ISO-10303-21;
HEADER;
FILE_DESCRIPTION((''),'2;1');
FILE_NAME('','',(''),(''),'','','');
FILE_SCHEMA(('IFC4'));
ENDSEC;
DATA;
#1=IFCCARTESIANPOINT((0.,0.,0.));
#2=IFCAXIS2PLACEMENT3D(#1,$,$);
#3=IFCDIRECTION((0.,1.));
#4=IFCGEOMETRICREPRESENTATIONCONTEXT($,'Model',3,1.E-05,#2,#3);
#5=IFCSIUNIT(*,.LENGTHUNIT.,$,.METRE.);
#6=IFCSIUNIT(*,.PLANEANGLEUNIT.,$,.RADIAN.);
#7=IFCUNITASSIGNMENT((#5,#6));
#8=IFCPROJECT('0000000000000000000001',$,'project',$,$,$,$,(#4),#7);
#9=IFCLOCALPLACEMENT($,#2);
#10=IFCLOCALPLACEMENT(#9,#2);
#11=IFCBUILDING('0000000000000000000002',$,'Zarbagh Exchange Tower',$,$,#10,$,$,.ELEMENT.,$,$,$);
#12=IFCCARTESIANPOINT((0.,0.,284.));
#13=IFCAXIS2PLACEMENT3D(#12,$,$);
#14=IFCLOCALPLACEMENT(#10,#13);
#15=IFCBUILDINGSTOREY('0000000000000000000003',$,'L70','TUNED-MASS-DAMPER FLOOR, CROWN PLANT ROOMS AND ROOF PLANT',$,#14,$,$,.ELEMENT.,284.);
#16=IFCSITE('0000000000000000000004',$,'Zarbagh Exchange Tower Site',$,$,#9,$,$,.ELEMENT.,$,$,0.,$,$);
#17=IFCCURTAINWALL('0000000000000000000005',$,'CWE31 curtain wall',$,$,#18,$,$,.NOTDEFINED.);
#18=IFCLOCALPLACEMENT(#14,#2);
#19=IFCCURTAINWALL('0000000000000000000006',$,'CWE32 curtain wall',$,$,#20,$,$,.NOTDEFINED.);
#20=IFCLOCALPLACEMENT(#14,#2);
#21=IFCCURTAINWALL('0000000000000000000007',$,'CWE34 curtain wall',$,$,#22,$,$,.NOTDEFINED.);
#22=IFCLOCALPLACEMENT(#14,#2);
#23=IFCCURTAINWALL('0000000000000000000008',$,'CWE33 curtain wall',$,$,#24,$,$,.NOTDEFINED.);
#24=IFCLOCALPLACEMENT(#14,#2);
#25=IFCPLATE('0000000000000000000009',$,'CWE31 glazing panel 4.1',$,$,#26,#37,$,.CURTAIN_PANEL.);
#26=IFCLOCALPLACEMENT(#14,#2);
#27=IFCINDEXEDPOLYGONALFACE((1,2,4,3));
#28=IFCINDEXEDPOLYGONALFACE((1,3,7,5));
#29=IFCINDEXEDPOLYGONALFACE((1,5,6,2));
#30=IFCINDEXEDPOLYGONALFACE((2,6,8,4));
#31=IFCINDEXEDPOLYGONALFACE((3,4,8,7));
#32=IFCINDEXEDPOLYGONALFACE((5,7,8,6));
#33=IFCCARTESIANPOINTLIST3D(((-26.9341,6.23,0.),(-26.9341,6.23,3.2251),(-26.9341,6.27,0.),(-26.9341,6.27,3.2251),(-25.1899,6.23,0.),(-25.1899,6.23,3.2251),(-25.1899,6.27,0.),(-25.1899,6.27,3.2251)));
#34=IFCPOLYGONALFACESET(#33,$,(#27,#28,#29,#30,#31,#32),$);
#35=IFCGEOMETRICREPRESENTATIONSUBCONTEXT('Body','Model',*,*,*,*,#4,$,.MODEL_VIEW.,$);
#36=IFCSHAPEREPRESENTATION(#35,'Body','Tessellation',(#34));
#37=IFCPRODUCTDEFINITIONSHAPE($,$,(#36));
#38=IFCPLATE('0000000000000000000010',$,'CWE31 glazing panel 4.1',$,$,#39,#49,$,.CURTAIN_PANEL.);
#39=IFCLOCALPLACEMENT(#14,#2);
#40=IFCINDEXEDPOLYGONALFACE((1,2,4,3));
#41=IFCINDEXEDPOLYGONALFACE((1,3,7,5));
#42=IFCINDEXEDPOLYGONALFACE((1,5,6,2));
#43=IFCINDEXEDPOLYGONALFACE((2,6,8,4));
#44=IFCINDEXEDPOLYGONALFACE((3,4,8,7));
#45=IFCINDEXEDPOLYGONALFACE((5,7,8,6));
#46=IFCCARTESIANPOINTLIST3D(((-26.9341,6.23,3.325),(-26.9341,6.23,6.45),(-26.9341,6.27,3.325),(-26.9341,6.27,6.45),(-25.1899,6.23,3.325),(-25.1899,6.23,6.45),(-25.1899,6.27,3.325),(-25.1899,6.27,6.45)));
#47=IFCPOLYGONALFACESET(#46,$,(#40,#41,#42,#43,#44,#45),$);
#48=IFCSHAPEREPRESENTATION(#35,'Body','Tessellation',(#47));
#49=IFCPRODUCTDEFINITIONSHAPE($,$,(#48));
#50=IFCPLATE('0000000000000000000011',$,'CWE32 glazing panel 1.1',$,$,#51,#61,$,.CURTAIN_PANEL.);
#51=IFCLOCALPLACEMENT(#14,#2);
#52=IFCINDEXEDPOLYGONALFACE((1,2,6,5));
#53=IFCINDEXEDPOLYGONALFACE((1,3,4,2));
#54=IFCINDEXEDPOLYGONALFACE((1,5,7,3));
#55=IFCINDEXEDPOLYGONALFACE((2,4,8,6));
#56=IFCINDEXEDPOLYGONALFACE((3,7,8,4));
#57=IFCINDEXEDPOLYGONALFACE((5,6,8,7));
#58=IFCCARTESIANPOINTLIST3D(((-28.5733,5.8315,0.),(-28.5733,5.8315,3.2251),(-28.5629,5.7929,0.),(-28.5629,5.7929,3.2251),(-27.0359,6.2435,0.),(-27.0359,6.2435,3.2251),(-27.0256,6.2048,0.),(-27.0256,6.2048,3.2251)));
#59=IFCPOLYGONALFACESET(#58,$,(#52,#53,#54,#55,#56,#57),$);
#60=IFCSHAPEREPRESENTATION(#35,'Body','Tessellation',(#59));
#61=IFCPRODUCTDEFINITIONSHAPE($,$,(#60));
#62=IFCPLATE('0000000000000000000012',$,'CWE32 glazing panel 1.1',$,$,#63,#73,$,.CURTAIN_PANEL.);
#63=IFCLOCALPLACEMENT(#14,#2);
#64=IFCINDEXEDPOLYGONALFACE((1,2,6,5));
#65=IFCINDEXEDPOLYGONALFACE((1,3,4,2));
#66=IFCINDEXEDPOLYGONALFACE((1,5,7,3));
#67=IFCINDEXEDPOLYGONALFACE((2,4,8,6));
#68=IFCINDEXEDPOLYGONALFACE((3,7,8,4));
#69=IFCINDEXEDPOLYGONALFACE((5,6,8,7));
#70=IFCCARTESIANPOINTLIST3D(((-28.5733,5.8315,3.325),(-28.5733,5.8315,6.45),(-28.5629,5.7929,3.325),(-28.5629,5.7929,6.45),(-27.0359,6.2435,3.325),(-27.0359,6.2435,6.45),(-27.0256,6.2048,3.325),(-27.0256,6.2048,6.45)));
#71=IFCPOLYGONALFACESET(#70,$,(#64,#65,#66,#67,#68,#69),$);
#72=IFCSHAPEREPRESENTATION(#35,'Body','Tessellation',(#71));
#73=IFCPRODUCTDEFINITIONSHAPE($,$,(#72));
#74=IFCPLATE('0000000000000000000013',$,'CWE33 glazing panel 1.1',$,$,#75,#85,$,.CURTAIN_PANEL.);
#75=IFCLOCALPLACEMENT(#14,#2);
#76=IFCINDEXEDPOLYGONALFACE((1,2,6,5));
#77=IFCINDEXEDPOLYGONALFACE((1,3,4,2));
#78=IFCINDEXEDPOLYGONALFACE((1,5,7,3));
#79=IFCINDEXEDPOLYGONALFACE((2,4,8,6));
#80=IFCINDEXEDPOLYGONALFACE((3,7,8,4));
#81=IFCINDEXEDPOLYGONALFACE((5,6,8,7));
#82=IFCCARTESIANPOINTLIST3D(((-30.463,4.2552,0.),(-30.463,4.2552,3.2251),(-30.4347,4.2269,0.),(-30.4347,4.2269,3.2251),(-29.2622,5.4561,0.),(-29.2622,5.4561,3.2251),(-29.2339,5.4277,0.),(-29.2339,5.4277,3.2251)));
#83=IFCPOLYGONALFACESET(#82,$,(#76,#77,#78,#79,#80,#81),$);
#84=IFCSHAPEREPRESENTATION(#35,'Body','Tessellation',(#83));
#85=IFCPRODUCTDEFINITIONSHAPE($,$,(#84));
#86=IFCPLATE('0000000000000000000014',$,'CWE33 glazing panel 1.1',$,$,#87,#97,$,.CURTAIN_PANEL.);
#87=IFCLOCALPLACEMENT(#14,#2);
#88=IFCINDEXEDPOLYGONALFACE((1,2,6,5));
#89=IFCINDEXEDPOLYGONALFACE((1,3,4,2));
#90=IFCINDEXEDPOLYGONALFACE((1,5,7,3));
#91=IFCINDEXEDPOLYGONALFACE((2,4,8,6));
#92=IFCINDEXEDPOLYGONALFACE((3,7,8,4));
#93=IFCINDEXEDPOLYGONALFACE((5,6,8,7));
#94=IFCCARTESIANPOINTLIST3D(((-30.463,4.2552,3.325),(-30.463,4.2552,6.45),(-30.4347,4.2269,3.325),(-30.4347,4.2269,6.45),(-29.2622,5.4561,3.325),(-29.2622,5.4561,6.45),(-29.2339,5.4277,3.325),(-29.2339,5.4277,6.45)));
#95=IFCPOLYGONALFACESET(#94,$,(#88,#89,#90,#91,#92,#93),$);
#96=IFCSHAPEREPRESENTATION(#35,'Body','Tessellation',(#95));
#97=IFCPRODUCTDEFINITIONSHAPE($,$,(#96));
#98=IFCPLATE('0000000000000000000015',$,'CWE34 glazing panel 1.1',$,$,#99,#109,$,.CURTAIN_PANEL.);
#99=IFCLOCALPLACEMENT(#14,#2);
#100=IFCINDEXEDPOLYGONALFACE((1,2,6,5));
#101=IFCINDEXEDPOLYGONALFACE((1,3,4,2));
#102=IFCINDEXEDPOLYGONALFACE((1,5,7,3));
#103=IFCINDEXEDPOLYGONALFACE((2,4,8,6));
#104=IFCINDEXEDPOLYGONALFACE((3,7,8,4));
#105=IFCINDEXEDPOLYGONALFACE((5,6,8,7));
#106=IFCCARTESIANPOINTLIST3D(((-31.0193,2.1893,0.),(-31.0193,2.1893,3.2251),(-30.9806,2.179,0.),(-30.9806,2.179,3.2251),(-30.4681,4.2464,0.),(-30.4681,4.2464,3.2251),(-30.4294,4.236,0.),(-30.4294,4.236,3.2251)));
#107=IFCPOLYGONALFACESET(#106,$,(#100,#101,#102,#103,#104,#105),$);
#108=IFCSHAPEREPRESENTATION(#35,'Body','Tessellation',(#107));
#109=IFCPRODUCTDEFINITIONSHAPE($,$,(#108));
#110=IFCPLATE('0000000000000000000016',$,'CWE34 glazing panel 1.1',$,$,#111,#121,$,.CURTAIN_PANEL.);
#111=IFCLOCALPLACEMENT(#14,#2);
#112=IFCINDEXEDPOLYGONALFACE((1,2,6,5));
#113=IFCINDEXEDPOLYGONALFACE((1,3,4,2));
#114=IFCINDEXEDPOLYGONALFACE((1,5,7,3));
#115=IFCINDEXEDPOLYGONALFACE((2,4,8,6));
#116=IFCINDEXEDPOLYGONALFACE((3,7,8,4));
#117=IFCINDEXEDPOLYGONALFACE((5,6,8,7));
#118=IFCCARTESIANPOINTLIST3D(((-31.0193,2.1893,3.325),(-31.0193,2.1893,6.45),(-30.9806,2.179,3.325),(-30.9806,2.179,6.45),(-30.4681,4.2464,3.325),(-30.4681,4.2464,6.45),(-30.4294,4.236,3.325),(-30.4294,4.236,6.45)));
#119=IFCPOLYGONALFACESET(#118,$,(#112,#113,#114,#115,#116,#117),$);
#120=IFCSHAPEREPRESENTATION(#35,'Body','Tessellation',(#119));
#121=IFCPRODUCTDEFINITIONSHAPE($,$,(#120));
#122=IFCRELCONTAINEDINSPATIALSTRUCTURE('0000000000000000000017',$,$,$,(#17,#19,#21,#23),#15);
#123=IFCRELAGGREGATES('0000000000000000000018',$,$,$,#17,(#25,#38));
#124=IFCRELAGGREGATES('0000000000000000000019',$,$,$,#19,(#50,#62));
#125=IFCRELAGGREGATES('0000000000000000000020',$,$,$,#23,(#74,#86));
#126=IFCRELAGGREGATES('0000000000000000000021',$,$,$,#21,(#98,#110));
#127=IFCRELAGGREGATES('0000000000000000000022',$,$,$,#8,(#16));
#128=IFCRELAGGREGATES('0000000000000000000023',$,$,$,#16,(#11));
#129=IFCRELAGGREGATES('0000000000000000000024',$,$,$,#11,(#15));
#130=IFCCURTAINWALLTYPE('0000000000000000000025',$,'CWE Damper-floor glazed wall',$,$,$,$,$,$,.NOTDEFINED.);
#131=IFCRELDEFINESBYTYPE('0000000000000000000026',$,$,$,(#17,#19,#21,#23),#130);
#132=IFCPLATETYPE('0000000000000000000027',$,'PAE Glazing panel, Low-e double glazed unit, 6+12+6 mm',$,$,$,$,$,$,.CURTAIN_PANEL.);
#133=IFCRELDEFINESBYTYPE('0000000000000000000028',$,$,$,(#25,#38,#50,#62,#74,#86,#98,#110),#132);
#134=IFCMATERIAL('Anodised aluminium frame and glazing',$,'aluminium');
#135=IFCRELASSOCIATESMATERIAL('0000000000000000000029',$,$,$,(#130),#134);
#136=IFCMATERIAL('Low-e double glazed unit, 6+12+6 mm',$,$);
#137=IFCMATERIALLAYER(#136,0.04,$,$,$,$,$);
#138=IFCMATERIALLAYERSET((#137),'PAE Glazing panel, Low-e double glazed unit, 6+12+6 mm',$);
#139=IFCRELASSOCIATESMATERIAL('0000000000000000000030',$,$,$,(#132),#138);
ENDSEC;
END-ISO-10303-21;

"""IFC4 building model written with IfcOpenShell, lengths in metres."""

from ifc_helpers import new_model, si_unit, direction, frame, origin, place, context, subcontext, project, spatial, polyline, outline, extrude, source, transform, mapped, material, layer, layer_set, type_object, element, aggregate, save


model = new_model("IFC4")

# Units and contexts
model_context = context("Model", 3, precision=1e-05, world=origin(), true_north=direction((0.0, 1.0)))
body_context = subcontext(model_context, "Body", "Model", "MODEL_VIEW")
ifc_project = project(units=[si_unit("LENGTHUNIT", "METRE"), si_unit("PLANEANGLEUNIT", "RADIAN")], contexts=[model_context])

# Site, building, storey
site_placement = place(None, origin())
site = spatial("IfcSite", under=ifc_project, at=site_placement, Name="Zarbagh Exchange Tower Site", CompositionType="ELEMENT", RefElevation=0.0)
building_placement = place(site_placement, origin())
building = spatial("IfcBuilding", under=site, at=building_placement, Name="Zarbagh Exchange Tower", CompositionType="ELEMENT")
storey_placement = place(building_placement, frame((0.0, 0.0, 284.0)))
storey = spatial("IfcBuildingStorey", under=building, at=storey_placement, Name="L70", Description="TUNED-MASS-DAMPER FLOOR, CROWN PLANT ROOMS AND ROOF PLANT", CompositionType="ELEMENT", Elevation=284.0)

# Curtain wall
ifc_material_1 = material(Name="Anodised aluminium frame and glazing", Category="aluminium")
curtain_wall_type = type_object("IfcCurtainWallType", Name="CWE Damper-floor glazed wall", PredefinedType="NOTDEFINED", material=ifc_material_1)
curtain_wall_1_placement = place(storey_placement, origin())
curtain_wall_1 = element("IfcCurtainWall", 1, at=curtain_wall_1_placement, inside=storey, type_object=curtain_wall_type, Name="CWE31 curtain wall", PredefinedType="NOTDEFINED")
placement = place(storey_placement, origin())

# Curtain wall
curtain_wall_2_placement = place(storey_placement, origin())
curtain_wall_2 = element("IfcCurtainWall", 2, at=curtain_wall_2_placement, inside=storey, type_object=curtain_wall_type, Name="CWE32 curtain wall", PredefinedType="NOTDEFINED")

# Curtain wall
curtain_wall_3_placement = place(storey_placement, origin())
curtain_wall_3 = element("IfcCurtainWall", 3, at=curtain_wall_3_placement, inside=storey, type_object=curtain_wall_type, Name="CWE34 curtain wall", PredefinedType="NOTDEFINED")

# Curtain wall
curtain_wall_4_placement = place(storey_placement, origin())
curtain_wall_4 = element("IfcCurtainWall", 4, at=curtain_wall_4_placement, inside=storey, type_object=curtain_wall_type, Name="CWE33 curtain wall", PredefinedType="NOTDEFINED")

# Shared definitions
ifc_material_2 = material(Name="Low-e double glazed unit, 6+12+6 mm")
ifc_layer = layer(ifc_material_2, 0.04)
ifc_layer_set = layer_set([ifc_layer], Name="PAE Glazing panel, Low-e double glazed unit, 6+12+6 mm")
plate_type = type_object("IfcPlateType", Name="PAE Glazing panel, Low-e double glazed unit, 6+12+6 mm", PredefinedType="CURTAIN_PANEL", material=ifc_layer_set)

# Plates
shared_shape_1 = source(origin(), body_context, "Body", "SweptSolid", [
    extrude(outline(polyline([(0.0, -0.02), (1.7441, -0.02), (1.7441, 0.02), (0.0, 0.02), (0.0, -0.02)])), origin(), (0.0, 0.0, 1.0), 3.2251),
])
plate_1 = element("IfcPlate", 5, at=placement, type_object=plate_type, Name="CWE31 glazing panel 4.1", PredefinedType="CURTAIN_PANEL", context=body_context, shape_type="MappedRepresentation", body=[
    mapped(shared_shape_1, transform((-25.1899, 6.25, 0.0), x_axis=(-1.0, 0.0, 0.0), y_axis=(0.0, -1.0, 0.0), z_axis=(0.0, 0.0, 1.0))),
])
shared_shape_2 = source(origin(), body_context, "Body", "SweptSolid", [
    extrude(outline(polyline([(0.0, -0.02), (1.7441, -0.02), (1.7441, 0.02), (0.0, 0.02), (0.0, -0.02)])), origin(), (0.0, 0.0, 1.0), 3.125),
])
plate_2 = element("IfcPlate", 6, at=placement, type_object=plate_type, Name="CWE31 glazing panel 4.1", PredefinedType="CURTAIN_PANEL", context=body_context, shape_type="MappedRepresentation", body=[
    mapped(shared_shape_2, transform((-25.1899, 6.25, 3.325), x_axis=(-1.0, 0.0, 0.0), y_axis=(0.0, -1.0, 0.0), z_axis=(0.0, 0.0, 1.0))),
])
aggregate(curtain_wall_1, [plate_1, plate_2])
shared_shape_3 = source(origin(), body_context, "Body", "SweptSolid", [
    extrude(outline(polyline([(0.0, -0.02), (1.5916, -0.02), (1.5916, 0.02), (0.0, 0.02), (0.0, -0.02)])), origin(), (0.0, 0.0, 1.0), 3.2251),
])
plate_3 = element("IfcPlate", 7, at=placement, type_object=plate_type, Name="CWE32 glazing panel 1.1", PredefinedType="CURTAIN_PANEL", context=body_context, shape_type="MappedRepresentation", body=[
    mapped(shared_shape_3, transform((-27.0308, 6.2241, 0.0), x_axis=(-0.965924, -0.258825, 0.0), y_axis=(0.258825, -0.965924, 0.0), z_axis=(0.0, 0.0, 1.0))),
])
shared_shape_4 = source(origin(), body_context, "Body", "SweptSolid", [
    extrude(outline(polyline([(0.0, -0.02), (1.5916, -0.02), (1.5916, 0.02), (0.0, 0.02), (0.0, -0.02)])), origin(), (0.0, 0.0, 1.0), 3.125),
])
plate_4 = element("IfcPlate", 8, at=placement, type_object=plate_type, Name="CWE32 glazing panel 1.1", PredefinedType="CURTAIN_PANEL", context=body_context, shape_type="MappedRepresentation", body=[
    mapped(shared_shape_4, transform((-27.0308, 6.2241, 3.325), x_axis=(-0.965924, -0.258825, 0.0), y_axis=(0.258825, -0.965924, 0.0), z_axis=(0.0, 0.0, 1.0))),
])
aggregate(curtain_wall_2, [plate_3, plate_4])
shared_shape_5 = source(origin(), body_context, "Body", "SweptSolid", [
    extrude(outline(polyline([(0.0, -0.02), (1.6982, -0.02), (1.6982, 0.02), (0.0, 0.02), (0.0, -0.02)])), origin(), (0.0, 0.0, 1.0), 3.2251),
])
plate_5 = element("IfcPlate", 9, at=placement, type_object=plate_type, Name="CWE33 glazing panel 1.1", PredefinedType="CURTAIN_PANEL", context=body_context, shape_type="MappedRepresentation", body=[
    mapped(shared_shape_5, transform((-29.248, 5.4419, 0.0), x_axis=(-0.707107, -0.707107, 0.0), y_axis=(0.707107, -0.707107, 0.0), z_axis=(0.0, 0.0, 1.0))),
])
shared_shape_6 = source(origin(), body_context, "Body", "SweptSolid", [
    extrude(outline(polyline([(0.0, -0.02), (1.6982, -0.02), (1.6982, 0.02), (0.0, 0.02), (0.0, -0.02)])), origin(), (0.0, 0.0, 1.0), 3.125),
])
plate_6 = element("IfcPlate", 10, at=placement, type_object=plate_type, Name="CWE33 glazing panel 1.1", PredefinedType="CURTAIN_PANEL", context=body_context, shape_type="MappedRepresentation", body=[
    mapped(shared_shape_6, transform((-29.248, 5.4419, 3.325), x_axis=(-0.707107, -0.707107, 0.0), y_axis=(0.707107, -0.707107, 0.0), z_axis=(0.0, 0.0, 1.0))),
])
aggregate(curtain_wall_4, [plate_5, plate_6])
shared_shape_7 = source(origin(), body_context, "Body", "SweptSolid", [
    extrude(outline(polyline([(0.0, -0.02), (2.1296, -0.02), (2.1296, 0.02), (0.0, 0.02), (0.0, -0.02)])), origin(), (0.0, 0.0, 1.0), 3.2251),
])
plate_7 = element("IfcPlate", 11, at=placement, type_object=plate_type, Name="CWE34 glazing panel 1.1", PredefinedType="CURTAIN_PANEL", context=body_context, shape_type="MappedRepresentation", body=[
    mapped(shared_shape_7, transform((-30.4487, 4.2412, 0.0), x_axis=(-0.258825, -0.965924, 0.0), y_axis=(0.965924, -0.258825, 0.0), z_axis=(0.0, 0.0, 1.0))),
])
shared_shape_8 = source(origin(), body_context, "Body", "SweptSolid", [
    extrude(outline(polyline([(0.0, -0.02), (2.1296, -0.02), (2.1296, 0.02), (0.0, 0.02), (0.0, -0.02)])), origin(), (0.0, 0.0, 1.0), 3.125),
])
plate_8 = element("IfcPlate", 12, at=placement, type_object=plate_type, Name="CWE34 glazing panel 1.1", PredefinedType="CURTAIN_PANEL", context=body_context, shape_type="MappedRepresentation", body=[
    mapped(shared_shape_8, transform((-30.4487, 4.2412, 3.325), x_axis=(-0.258825, -0.965924, 0.0), y_axis=(0.965924, -0.258825, 0.0), z_axis=(0.0, 0.0, 1.0))),
])
aggregate(curtain_wall_3, [plate_7, plate_8])

save(model, "model.ifc")
